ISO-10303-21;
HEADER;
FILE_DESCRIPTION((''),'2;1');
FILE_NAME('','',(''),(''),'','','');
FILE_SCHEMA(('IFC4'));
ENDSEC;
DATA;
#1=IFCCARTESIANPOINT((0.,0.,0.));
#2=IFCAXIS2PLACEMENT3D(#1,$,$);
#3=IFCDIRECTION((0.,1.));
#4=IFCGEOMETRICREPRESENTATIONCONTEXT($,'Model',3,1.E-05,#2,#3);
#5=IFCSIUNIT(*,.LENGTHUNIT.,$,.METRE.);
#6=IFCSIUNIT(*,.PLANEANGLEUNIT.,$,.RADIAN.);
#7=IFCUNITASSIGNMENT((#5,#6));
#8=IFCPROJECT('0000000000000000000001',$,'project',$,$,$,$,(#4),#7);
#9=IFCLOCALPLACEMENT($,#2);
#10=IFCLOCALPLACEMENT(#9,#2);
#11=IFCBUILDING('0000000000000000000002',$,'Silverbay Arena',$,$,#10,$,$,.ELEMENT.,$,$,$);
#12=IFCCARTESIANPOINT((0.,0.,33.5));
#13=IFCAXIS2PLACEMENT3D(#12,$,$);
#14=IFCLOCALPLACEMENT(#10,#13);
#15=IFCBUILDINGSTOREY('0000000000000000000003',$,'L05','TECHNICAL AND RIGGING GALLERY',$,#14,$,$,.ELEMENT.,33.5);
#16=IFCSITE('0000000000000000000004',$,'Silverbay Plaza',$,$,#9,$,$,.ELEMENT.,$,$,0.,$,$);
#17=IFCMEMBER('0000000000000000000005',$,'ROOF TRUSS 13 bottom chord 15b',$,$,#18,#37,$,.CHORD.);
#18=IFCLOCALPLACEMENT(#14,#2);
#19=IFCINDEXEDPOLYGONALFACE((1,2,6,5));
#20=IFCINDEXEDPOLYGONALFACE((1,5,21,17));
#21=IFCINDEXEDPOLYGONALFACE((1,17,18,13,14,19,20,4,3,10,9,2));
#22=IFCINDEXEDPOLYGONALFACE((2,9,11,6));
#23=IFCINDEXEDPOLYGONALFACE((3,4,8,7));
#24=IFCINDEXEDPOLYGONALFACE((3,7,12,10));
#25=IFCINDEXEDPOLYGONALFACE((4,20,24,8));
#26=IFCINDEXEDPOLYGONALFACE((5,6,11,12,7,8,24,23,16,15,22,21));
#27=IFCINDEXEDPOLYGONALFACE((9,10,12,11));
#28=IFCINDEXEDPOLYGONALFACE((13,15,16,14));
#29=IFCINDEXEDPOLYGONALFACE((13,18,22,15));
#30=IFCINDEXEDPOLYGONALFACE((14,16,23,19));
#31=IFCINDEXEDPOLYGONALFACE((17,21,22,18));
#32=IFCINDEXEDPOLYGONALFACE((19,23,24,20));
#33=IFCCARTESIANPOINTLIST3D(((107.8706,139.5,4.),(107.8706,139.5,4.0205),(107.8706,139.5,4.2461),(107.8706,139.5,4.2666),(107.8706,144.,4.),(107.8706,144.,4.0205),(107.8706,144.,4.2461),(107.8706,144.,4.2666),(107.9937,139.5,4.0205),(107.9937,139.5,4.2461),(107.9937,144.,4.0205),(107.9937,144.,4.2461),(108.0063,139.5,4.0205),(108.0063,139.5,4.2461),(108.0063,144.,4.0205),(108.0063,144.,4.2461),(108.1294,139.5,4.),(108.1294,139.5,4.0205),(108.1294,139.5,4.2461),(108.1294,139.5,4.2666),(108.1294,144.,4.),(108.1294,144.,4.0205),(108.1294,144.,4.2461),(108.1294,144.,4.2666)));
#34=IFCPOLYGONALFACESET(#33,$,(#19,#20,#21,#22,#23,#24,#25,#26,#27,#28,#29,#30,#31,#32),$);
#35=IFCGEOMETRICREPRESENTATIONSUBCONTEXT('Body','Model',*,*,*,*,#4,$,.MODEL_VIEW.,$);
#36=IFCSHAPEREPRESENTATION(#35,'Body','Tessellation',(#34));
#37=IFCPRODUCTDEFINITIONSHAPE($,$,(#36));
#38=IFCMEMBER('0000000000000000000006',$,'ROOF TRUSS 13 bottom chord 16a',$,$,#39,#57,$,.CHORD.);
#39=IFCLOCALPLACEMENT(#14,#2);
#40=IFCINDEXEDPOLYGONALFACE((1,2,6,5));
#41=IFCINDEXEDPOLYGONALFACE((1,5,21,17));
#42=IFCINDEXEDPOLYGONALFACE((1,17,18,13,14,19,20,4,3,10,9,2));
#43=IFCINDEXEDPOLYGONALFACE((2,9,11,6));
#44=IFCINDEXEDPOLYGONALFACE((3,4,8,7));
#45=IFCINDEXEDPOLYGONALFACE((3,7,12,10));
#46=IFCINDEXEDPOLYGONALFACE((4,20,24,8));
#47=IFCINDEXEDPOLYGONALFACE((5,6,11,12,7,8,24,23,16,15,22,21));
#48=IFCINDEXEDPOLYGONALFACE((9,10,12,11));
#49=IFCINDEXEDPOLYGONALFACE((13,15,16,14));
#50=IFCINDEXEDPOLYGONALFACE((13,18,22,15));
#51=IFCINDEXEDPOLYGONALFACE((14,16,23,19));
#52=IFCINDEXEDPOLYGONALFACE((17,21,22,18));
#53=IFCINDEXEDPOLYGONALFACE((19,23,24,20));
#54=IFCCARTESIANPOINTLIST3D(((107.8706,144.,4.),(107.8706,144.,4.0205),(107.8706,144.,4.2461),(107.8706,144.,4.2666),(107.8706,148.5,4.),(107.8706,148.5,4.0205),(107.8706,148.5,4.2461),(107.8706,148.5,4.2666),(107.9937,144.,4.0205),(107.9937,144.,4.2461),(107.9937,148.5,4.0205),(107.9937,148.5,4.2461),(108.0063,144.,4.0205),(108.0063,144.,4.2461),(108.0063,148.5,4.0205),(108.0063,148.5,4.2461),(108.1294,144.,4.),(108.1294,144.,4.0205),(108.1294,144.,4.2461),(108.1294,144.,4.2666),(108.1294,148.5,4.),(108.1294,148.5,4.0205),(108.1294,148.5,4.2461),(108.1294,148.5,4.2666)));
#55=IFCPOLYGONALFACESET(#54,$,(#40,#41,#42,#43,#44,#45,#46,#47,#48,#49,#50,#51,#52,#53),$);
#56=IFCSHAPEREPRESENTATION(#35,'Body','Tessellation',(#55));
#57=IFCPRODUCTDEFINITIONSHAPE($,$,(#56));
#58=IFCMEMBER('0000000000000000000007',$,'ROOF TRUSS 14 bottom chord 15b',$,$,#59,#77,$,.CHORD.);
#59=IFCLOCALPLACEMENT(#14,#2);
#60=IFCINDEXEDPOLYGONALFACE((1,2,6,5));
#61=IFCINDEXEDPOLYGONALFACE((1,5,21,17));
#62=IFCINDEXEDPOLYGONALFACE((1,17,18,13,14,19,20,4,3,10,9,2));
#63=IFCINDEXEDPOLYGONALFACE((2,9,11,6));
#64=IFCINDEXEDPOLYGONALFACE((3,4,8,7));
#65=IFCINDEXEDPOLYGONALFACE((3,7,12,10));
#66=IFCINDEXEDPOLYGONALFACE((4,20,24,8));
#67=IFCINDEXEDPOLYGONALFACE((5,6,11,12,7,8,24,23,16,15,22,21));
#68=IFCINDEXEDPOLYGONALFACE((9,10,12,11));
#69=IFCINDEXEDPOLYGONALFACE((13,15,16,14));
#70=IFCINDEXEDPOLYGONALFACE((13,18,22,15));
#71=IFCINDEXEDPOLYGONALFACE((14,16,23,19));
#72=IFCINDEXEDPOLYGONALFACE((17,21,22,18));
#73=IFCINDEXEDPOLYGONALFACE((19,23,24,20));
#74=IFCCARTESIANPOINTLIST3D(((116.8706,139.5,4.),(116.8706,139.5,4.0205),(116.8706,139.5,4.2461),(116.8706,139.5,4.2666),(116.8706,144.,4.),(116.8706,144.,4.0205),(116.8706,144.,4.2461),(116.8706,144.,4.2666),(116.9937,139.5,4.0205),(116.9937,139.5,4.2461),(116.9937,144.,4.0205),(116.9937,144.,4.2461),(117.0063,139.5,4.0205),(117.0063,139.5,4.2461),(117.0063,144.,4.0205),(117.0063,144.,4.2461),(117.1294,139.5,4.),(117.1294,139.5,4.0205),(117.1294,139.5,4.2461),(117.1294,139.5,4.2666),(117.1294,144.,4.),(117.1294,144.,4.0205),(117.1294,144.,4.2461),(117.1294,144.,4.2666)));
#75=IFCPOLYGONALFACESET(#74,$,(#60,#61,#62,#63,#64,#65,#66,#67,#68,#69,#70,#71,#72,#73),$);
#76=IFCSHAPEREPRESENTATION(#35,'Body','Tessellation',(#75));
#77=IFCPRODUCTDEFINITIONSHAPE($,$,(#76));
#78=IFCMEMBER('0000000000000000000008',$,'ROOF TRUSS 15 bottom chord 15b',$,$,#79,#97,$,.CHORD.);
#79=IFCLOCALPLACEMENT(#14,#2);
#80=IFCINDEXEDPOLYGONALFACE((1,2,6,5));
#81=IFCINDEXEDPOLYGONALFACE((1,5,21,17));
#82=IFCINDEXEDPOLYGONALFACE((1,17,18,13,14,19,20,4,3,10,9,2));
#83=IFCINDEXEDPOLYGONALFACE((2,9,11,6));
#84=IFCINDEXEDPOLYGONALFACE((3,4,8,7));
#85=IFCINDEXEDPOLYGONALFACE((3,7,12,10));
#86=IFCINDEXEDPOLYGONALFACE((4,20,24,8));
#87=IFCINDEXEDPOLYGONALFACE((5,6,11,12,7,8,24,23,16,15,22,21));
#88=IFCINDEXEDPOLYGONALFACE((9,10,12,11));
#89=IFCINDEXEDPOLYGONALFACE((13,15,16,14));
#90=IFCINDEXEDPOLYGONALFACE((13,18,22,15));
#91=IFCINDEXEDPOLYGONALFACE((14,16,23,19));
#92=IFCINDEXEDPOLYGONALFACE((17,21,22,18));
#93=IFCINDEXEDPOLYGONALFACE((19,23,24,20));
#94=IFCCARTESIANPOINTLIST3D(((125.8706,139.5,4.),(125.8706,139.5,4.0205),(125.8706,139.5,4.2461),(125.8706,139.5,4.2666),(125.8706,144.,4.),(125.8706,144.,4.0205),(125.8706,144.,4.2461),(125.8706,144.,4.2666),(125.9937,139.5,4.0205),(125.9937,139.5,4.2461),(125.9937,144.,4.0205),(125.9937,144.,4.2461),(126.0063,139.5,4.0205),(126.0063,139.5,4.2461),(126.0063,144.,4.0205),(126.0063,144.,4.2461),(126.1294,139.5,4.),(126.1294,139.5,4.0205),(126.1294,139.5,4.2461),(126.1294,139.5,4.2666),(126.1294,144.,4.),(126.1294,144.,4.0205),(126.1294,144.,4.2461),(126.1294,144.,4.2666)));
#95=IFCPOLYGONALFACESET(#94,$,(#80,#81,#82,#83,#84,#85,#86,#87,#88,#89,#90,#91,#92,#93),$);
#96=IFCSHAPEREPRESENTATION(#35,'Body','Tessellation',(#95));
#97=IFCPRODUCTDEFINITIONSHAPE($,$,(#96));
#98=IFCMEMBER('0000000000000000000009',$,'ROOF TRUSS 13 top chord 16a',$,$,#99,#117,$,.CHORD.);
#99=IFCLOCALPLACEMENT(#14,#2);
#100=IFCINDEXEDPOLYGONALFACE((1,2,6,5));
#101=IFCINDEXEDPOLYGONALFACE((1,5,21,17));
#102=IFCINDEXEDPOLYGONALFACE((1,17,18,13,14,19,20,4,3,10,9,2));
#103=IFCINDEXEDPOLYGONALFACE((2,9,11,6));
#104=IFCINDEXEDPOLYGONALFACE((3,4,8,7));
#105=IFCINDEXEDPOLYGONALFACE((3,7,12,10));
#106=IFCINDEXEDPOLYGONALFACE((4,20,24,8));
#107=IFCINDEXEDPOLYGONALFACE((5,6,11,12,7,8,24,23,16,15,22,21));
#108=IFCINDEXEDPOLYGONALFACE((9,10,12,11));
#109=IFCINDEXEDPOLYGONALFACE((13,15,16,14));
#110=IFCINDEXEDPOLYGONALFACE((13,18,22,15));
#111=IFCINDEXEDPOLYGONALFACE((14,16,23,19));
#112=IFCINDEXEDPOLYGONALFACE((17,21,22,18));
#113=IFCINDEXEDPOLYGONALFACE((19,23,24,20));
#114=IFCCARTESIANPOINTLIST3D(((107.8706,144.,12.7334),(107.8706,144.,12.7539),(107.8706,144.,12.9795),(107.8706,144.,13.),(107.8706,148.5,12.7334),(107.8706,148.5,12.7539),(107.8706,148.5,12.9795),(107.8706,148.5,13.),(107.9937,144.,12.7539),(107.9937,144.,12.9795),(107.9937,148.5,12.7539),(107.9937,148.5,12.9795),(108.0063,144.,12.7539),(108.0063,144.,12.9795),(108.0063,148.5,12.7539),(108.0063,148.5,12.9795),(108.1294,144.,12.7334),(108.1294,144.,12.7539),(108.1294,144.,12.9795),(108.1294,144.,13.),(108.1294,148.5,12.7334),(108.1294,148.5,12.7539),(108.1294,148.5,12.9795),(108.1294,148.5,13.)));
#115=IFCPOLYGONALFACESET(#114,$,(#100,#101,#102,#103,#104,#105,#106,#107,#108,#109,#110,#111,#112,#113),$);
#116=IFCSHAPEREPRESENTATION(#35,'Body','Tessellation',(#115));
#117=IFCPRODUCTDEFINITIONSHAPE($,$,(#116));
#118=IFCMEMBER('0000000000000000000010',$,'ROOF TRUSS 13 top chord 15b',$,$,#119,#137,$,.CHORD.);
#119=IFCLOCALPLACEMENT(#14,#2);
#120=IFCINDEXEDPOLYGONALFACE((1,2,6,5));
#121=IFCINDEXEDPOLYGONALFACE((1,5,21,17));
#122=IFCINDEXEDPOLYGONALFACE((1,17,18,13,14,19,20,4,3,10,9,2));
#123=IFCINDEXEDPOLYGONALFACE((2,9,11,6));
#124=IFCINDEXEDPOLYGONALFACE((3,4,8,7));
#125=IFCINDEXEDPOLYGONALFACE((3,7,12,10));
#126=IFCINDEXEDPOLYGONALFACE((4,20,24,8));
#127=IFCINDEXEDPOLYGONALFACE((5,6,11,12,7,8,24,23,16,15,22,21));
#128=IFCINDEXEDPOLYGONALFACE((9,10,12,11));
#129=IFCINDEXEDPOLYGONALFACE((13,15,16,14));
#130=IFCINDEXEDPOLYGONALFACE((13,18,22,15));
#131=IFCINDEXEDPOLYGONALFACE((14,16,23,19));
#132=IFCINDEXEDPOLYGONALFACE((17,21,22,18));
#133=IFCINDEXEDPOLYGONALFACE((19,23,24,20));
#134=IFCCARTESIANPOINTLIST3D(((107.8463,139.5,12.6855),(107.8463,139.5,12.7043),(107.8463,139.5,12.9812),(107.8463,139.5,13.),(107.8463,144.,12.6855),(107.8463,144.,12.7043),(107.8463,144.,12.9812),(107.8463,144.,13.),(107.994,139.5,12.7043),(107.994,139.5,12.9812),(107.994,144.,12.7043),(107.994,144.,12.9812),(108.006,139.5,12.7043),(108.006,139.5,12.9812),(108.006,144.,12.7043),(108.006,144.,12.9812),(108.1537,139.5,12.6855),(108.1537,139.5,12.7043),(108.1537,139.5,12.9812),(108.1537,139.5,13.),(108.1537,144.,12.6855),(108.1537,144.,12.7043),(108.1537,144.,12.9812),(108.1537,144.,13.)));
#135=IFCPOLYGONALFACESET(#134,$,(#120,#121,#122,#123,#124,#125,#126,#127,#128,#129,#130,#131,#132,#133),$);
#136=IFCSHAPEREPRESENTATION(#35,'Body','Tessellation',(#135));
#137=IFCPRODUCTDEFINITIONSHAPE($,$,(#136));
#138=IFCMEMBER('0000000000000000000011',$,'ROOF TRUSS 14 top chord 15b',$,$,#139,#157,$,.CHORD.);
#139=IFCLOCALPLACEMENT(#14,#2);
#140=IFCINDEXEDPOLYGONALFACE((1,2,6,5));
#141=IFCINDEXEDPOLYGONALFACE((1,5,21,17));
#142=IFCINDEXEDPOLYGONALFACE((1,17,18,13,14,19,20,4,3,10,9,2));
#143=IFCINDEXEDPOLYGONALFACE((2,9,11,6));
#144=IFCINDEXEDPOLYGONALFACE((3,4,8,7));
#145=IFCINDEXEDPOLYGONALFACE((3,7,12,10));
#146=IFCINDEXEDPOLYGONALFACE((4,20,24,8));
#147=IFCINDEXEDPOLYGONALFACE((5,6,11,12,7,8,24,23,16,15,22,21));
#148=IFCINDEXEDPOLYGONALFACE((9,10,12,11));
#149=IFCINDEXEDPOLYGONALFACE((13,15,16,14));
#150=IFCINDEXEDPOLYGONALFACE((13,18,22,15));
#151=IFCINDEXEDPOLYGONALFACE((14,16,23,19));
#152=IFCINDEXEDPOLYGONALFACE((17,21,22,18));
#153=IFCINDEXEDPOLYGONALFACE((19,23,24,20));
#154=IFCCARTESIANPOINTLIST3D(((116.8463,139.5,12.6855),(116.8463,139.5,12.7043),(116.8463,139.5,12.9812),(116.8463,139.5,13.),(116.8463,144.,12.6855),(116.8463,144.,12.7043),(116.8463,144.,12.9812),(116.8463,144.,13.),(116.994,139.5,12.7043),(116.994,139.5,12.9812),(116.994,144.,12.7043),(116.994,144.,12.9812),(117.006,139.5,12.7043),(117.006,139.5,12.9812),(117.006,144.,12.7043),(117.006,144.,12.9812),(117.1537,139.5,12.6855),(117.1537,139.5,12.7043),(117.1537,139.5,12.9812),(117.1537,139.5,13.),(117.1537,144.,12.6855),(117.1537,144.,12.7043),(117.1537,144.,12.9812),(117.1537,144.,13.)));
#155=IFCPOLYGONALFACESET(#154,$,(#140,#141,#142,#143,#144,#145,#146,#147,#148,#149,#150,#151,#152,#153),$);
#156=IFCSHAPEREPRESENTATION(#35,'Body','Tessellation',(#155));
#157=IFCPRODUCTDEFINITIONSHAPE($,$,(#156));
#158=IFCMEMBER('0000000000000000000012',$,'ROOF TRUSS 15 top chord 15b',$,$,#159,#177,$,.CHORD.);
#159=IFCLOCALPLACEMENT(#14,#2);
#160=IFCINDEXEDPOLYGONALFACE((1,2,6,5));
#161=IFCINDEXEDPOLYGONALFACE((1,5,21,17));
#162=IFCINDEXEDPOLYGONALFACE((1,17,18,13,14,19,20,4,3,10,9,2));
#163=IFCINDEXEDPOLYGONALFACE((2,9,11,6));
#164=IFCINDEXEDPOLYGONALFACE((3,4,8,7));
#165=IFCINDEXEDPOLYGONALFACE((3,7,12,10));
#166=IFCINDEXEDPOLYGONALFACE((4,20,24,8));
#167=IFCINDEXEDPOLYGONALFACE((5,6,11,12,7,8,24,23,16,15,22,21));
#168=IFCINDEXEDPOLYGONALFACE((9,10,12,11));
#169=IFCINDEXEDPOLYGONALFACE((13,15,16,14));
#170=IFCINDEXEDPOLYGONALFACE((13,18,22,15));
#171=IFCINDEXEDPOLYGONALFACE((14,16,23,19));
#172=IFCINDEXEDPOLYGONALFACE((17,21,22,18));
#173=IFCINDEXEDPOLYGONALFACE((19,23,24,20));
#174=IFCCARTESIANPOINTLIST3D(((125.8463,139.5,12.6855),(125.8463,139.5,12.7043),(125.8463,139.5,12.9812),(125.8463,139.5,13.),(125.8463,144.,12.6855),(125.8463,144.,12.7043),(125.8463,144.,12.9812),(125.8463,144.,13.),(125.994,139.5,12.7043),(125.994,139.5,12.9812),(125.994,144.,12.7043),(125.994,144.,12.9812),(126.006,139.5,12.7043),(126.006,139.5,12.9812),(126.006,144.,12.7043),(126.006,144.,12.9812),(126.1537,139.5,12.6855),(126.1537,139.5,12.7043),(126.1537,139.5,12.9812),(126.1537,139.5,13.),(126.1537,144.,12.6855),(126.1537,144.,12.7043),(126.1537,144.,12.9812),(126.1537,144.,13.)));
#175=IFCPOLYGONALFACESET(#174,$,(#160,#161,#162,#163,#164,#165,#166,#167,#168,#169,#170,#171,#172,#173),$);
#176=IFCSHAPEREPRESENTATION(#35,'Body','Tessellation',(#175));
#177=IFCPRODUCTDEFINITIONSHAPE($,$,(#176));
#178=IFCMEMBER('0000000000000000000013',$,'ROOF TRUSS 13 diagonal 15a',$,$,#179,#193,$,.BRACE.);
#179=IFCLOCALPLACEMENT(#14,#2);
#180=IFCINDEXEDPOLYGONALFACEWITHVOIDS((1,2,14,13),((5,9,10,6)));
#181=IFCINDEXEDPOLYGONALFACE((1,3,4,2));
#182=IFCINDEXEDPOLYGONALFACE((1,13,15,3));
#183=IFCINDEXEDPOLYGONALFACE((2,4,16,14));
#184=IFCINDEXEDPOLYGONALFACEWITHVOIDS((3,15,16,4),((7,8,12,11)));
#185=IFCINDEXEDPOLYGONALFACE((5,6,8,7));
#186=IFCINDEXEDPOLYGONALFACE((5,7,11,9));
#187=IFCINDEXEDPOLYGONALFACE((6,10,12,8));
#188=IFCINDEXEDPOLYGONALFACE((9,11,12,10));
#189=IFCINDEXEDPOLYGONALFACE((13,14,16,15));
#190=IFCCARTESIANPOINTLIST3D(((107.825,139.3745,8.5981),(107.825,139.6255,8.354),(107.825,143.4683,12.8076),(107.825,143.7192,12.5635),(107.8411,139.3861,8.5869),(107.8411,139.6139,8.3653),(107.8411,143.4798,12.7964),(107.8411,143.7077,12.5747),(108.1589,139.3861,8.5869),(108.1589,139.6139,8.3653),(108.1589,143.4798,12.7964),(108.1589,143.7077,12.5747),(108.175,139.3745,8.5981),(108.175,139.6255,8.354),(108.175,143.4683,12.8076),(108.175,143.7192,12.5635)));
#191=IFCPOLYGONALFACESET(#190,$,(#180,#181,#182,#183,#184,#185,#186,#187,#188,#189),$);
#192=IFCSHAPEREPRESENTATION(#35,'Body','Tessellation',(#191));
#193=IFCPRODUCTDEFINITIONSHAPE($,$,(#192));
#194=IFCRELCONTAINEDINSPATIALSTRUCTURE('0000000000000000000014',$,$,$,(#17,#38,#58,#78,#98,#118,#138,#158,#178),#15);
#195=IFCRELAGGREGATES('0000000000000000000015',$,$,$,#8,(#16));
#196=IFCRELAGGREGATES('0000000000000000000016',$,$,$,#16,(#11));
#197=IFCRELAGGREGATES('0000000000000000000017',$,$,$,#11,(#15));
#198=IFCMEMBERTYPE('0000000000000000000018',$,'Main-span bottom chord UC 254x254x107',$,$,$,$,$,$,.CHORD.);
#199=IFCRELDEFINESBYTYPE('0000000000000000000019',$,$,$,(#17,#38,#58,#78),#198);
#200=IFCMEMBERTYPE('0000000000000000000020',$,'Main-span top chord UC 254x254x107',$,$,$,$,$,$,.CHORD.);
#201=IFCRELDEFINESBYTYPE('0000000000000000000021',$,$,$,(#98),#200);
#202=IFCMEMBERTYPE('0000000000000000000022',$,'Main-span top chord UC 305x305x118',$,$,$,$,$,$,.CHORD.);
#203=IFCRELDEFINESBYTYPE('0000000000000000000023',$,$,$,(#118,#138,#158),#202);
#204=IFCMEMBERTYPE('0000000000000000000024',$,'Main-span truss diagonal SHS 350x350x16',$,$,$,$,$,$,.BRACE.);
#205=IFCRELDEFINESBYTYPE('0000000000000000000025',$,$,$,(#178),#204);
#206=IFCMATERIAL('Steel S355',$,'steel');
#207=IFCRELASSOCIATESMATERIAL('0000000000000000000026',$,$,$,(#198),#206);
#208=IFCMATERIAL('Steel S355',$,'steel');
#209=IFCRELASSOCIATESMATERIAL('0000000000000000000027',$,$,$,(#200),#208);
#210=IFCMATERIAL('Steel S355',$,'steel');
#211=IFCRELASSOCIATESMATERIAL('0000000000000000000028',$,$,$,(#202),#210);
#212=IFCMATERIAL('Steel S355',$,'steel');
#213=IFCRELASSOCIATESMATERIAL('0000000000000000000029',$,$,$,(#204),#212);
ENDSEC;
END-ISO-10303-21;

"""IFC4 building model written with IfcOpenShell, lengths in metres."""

from ifc_helpers import new_model, si_unit, direction, frame, origin, origin_2d, place, context, subcontext, project, spatial, hollow_rectangle, i_section, extrude, material, material_profile, profile_set, type_object, element, save


model = new_model("IFC4")

# Units and contexts
model_context = context("Model", 3, precision=1e-05, world=origin(), true_north=direction((0.0, 1.0)))
body_context = subcontext(model_context, "Body", "Model", "MODEL_VIEW")
ifc_project = project(units=[si_unit("LENGTHUNIT", "METRE"), si_unit("PLANEANGLEUNIT", "RADIAN")], contexts=[model_context])

# Site, building, storey
site_placement = place(None, origin())
site = spatial("IfcSite", under=ifc_project, at=site_placement, Name="Silverbay Plaza", CompositionType="ELEMENT", RefElevation=0.0)
building_placement = place(site_placement, origin())
building = spatial("IfcBuilding", under=site, at=building_placement, Name="Silverbay Arena", CompositionType="ELEMENT")
storey_placement = place(building_placement, frame((0.0, 0.0, 33.5)))
storey = spatial("IfcBuildingStorey", under=building, at=storey_placement, Name="L05", Description="TECHNICAL AND RIGGING GALLERY", CompositionType="ELEMENT", Elevation=33.5)

# Members
ifc_material_1 = material(Name="Steel S355", Category="steel")
ifc_material_profile_1 = material_profile(ifc_material_1, i_section(OverallWidth=0.2588, OverallDepth=0.2666, WebThickness=0.0127, FlangeThickness=0.0205, at=origin_2d()), Name="UC 254x254x107")
ifc_profile_set_1 = profile_set([ifc_material_profile_1], Name="Steel S355")
member_type_1 = type_object("IfcMemberType", Name="Main-span bottom chord UC 254x254x107", PredefinedType="CHORD", material=ifc_profile_set_1)
for number, where, z_axis, x_axis, name in (
    (1, (108.0, 139.5, 4.1333), (0.0, 1.0, 0.0), (-1.0, 0.0, 0.0), "ROOF TRUSS 13 bottom chord 15b"),
    (2, (108.0, 144.0, 4.1333), (0.0, 1.0, 0.0), (-1.0, 0.0, 0.0), "ROOF TRUSS 13 bottom chord 16a"),
    (3, (117.0, 139.5, 4.1333), (0.0, 1.0, 0.0), (-1.0, 0.0, 0.0), "ROOF TRUSS 14 bottom chord 15b"),
    (4, (126.0, 139.5, 4.1333), (0.0, 1.0, 0.0), (-1.0, 0.0, 0.0), "ROOF TRUSS 15 bottom chord 15b"),
):
    element("IfcMember", number, at=place(storey_placement, frame(where, z_axis=z_axis, x_axis=x_axis)), inside=storey, type_object=member_type_1, Name=name, PredefinedType="CHORD", context=body_context, shape_type="SweptSolid", body=[
        extrude(i_section(OverallWidth=0.2588, OverallDepth=0.2666, WebThickness=0.0127, FlangeThickness=0.0205, at=origin_2d()), origin(), (0.0, 0.0, 1.0), 4.5),
    ])
ifc_material_2 = material(Name="Steel S355", Category="steel")
ifc_material_profile_2 = material_profile(ifc_material_2, i_section(OverallWidth=0.2588, OverallDepth=0.2666, WebThickness=0.0127, FlangeThickness=0.0205, at=origin_2d()), Name="UC 254x254x107")
ifc_profile_set_2 = profile_set([ifc_material_profile_2], Name="Steel S355")
member_type_2 = type_object("IfcMemberType", Name="Main-span top chord UC 254x254x107", PredefinedType="CHORD", material=ifc_profile_set_2)
member_1_placement = place(storey_placement, frame((108.0, 144.0, 12.8667), z_axis=(0.0, 1.0, 0.0), x_axis=(-1.0, 0.0, 0.0)))
element("IfcMember", 5, at=member_1_placement, inside=storey, type_object=member_type_2, Name="ROOF TRUSS 13 top chord 16a", PredefinedType="CHORD", context=body_context, shape_type="SweptSolid", body=[
    extrude(i_section(OverallWidth=0.2588, OverallDepth=0.2666, WebThickness=0.0127, FlangeThickness=0.0205, at=origin_2d()), origin(), (0.0, 0.0, 1.0), 4.5),
])
ifc_material_3 = material(Name="Steel S355", Category="steel")
ifc_material_profile_3 = material_profile(ifc_material_3, i_section(OverallWidth=0.3074, OverallDepth=0.3145, WebThickness=0.012, FlangeThickness=0.0188, at=origin_2d()), Name="UC 305x305x118")
ifc_profile_set_3 = profile_set([ifc_material_profile_3], Name="Steel S355")
member_type_3 = type_object("IfcMemberType", Name="Main-span top chord UC 305x305x118", PredefinedType="CHORD", material=ifc_profile_set_3)
for number, where, z_axis, x_axis, name in (
    (6, (108.0, 139.5, 12.8428), (0.0, 1.0, 0.0), (-1.0, 0.0, 0.0), "ROOF TRUSS 13 top chord 15b"),
    (7, (117.0, 139.5, 12.8428), (0.0, 1.0, 0.0), (-1.0, 0.0, 0.0), "ROOF TRUSS 14 top chord 15b"),
    (8, (126.0, 139.5, 12.8428), (0.0, 1.0, 0.0), (-1.0, 0.0, 0.0), "ROOF TRUSS 15 top chord 15b"),
):
    element("IfcMember", number, at=place(storey_placement, frame(where, z_axis=z_axis, x_axis=x_axis)), inside=storey, type_object=member_type_3, Name=name, PredefinedType="CHORD", context=body_context, shape_type="SweptSolid", body=[
        extrude(i_section(OverallWidth=0.3074, OverallDepth=0.3145, WebThickness=0.012, FlangeThickness=0.0188, at=origin_2d()), origin(), (0.0, 0.0, 1.0), 4.5),
    ])
ifc_material_4 = material(Name="Steel S355", Category="steel")
ifc_material_profile_4 = material_profile(ifc_material_4, hollow_rectangle(XDim=0.3501, YDim=0.3501, WallThickness=0.0161, at=origin_2d()), Name="SHS 350x350x16")
ifc_profile_set_4 = profile_set([ifc_material_profile_4], Name="Steel S355")
member_type_4 = type_object("IfcMemberType", Name="Main-span truss diagonal SHS 350x350x16", PredefinedType="BRACE", material=ifc_profile_set_4)
for number, where, z_axis, x_axis, name in (
    (9, (108.0, 143.5938, 12.6855), (0.0, -0.697184, -0.716892), (1.0, 0.0, 0.0), "ROOF TRUSS 13 diagonal 15a"),
):
    element("IfcMember", number, at=place(storey_placement, frame(where, z_axis=z_axis, x_axis=x_axis)), inside=storey, type_object=member_type_4, Name=name, PredefinedType="BRACE", context=body_context, shape_type="SweptSolid", body=[
        extrude(hollow_rectangle(XDim=0.3501, YDim=0.3501, WallThickness=0.0161, at=origin_2d()), origin(), (0.0, 0.0, 1.0), 5.8718),
    ])

save(model, "model.ifc")
